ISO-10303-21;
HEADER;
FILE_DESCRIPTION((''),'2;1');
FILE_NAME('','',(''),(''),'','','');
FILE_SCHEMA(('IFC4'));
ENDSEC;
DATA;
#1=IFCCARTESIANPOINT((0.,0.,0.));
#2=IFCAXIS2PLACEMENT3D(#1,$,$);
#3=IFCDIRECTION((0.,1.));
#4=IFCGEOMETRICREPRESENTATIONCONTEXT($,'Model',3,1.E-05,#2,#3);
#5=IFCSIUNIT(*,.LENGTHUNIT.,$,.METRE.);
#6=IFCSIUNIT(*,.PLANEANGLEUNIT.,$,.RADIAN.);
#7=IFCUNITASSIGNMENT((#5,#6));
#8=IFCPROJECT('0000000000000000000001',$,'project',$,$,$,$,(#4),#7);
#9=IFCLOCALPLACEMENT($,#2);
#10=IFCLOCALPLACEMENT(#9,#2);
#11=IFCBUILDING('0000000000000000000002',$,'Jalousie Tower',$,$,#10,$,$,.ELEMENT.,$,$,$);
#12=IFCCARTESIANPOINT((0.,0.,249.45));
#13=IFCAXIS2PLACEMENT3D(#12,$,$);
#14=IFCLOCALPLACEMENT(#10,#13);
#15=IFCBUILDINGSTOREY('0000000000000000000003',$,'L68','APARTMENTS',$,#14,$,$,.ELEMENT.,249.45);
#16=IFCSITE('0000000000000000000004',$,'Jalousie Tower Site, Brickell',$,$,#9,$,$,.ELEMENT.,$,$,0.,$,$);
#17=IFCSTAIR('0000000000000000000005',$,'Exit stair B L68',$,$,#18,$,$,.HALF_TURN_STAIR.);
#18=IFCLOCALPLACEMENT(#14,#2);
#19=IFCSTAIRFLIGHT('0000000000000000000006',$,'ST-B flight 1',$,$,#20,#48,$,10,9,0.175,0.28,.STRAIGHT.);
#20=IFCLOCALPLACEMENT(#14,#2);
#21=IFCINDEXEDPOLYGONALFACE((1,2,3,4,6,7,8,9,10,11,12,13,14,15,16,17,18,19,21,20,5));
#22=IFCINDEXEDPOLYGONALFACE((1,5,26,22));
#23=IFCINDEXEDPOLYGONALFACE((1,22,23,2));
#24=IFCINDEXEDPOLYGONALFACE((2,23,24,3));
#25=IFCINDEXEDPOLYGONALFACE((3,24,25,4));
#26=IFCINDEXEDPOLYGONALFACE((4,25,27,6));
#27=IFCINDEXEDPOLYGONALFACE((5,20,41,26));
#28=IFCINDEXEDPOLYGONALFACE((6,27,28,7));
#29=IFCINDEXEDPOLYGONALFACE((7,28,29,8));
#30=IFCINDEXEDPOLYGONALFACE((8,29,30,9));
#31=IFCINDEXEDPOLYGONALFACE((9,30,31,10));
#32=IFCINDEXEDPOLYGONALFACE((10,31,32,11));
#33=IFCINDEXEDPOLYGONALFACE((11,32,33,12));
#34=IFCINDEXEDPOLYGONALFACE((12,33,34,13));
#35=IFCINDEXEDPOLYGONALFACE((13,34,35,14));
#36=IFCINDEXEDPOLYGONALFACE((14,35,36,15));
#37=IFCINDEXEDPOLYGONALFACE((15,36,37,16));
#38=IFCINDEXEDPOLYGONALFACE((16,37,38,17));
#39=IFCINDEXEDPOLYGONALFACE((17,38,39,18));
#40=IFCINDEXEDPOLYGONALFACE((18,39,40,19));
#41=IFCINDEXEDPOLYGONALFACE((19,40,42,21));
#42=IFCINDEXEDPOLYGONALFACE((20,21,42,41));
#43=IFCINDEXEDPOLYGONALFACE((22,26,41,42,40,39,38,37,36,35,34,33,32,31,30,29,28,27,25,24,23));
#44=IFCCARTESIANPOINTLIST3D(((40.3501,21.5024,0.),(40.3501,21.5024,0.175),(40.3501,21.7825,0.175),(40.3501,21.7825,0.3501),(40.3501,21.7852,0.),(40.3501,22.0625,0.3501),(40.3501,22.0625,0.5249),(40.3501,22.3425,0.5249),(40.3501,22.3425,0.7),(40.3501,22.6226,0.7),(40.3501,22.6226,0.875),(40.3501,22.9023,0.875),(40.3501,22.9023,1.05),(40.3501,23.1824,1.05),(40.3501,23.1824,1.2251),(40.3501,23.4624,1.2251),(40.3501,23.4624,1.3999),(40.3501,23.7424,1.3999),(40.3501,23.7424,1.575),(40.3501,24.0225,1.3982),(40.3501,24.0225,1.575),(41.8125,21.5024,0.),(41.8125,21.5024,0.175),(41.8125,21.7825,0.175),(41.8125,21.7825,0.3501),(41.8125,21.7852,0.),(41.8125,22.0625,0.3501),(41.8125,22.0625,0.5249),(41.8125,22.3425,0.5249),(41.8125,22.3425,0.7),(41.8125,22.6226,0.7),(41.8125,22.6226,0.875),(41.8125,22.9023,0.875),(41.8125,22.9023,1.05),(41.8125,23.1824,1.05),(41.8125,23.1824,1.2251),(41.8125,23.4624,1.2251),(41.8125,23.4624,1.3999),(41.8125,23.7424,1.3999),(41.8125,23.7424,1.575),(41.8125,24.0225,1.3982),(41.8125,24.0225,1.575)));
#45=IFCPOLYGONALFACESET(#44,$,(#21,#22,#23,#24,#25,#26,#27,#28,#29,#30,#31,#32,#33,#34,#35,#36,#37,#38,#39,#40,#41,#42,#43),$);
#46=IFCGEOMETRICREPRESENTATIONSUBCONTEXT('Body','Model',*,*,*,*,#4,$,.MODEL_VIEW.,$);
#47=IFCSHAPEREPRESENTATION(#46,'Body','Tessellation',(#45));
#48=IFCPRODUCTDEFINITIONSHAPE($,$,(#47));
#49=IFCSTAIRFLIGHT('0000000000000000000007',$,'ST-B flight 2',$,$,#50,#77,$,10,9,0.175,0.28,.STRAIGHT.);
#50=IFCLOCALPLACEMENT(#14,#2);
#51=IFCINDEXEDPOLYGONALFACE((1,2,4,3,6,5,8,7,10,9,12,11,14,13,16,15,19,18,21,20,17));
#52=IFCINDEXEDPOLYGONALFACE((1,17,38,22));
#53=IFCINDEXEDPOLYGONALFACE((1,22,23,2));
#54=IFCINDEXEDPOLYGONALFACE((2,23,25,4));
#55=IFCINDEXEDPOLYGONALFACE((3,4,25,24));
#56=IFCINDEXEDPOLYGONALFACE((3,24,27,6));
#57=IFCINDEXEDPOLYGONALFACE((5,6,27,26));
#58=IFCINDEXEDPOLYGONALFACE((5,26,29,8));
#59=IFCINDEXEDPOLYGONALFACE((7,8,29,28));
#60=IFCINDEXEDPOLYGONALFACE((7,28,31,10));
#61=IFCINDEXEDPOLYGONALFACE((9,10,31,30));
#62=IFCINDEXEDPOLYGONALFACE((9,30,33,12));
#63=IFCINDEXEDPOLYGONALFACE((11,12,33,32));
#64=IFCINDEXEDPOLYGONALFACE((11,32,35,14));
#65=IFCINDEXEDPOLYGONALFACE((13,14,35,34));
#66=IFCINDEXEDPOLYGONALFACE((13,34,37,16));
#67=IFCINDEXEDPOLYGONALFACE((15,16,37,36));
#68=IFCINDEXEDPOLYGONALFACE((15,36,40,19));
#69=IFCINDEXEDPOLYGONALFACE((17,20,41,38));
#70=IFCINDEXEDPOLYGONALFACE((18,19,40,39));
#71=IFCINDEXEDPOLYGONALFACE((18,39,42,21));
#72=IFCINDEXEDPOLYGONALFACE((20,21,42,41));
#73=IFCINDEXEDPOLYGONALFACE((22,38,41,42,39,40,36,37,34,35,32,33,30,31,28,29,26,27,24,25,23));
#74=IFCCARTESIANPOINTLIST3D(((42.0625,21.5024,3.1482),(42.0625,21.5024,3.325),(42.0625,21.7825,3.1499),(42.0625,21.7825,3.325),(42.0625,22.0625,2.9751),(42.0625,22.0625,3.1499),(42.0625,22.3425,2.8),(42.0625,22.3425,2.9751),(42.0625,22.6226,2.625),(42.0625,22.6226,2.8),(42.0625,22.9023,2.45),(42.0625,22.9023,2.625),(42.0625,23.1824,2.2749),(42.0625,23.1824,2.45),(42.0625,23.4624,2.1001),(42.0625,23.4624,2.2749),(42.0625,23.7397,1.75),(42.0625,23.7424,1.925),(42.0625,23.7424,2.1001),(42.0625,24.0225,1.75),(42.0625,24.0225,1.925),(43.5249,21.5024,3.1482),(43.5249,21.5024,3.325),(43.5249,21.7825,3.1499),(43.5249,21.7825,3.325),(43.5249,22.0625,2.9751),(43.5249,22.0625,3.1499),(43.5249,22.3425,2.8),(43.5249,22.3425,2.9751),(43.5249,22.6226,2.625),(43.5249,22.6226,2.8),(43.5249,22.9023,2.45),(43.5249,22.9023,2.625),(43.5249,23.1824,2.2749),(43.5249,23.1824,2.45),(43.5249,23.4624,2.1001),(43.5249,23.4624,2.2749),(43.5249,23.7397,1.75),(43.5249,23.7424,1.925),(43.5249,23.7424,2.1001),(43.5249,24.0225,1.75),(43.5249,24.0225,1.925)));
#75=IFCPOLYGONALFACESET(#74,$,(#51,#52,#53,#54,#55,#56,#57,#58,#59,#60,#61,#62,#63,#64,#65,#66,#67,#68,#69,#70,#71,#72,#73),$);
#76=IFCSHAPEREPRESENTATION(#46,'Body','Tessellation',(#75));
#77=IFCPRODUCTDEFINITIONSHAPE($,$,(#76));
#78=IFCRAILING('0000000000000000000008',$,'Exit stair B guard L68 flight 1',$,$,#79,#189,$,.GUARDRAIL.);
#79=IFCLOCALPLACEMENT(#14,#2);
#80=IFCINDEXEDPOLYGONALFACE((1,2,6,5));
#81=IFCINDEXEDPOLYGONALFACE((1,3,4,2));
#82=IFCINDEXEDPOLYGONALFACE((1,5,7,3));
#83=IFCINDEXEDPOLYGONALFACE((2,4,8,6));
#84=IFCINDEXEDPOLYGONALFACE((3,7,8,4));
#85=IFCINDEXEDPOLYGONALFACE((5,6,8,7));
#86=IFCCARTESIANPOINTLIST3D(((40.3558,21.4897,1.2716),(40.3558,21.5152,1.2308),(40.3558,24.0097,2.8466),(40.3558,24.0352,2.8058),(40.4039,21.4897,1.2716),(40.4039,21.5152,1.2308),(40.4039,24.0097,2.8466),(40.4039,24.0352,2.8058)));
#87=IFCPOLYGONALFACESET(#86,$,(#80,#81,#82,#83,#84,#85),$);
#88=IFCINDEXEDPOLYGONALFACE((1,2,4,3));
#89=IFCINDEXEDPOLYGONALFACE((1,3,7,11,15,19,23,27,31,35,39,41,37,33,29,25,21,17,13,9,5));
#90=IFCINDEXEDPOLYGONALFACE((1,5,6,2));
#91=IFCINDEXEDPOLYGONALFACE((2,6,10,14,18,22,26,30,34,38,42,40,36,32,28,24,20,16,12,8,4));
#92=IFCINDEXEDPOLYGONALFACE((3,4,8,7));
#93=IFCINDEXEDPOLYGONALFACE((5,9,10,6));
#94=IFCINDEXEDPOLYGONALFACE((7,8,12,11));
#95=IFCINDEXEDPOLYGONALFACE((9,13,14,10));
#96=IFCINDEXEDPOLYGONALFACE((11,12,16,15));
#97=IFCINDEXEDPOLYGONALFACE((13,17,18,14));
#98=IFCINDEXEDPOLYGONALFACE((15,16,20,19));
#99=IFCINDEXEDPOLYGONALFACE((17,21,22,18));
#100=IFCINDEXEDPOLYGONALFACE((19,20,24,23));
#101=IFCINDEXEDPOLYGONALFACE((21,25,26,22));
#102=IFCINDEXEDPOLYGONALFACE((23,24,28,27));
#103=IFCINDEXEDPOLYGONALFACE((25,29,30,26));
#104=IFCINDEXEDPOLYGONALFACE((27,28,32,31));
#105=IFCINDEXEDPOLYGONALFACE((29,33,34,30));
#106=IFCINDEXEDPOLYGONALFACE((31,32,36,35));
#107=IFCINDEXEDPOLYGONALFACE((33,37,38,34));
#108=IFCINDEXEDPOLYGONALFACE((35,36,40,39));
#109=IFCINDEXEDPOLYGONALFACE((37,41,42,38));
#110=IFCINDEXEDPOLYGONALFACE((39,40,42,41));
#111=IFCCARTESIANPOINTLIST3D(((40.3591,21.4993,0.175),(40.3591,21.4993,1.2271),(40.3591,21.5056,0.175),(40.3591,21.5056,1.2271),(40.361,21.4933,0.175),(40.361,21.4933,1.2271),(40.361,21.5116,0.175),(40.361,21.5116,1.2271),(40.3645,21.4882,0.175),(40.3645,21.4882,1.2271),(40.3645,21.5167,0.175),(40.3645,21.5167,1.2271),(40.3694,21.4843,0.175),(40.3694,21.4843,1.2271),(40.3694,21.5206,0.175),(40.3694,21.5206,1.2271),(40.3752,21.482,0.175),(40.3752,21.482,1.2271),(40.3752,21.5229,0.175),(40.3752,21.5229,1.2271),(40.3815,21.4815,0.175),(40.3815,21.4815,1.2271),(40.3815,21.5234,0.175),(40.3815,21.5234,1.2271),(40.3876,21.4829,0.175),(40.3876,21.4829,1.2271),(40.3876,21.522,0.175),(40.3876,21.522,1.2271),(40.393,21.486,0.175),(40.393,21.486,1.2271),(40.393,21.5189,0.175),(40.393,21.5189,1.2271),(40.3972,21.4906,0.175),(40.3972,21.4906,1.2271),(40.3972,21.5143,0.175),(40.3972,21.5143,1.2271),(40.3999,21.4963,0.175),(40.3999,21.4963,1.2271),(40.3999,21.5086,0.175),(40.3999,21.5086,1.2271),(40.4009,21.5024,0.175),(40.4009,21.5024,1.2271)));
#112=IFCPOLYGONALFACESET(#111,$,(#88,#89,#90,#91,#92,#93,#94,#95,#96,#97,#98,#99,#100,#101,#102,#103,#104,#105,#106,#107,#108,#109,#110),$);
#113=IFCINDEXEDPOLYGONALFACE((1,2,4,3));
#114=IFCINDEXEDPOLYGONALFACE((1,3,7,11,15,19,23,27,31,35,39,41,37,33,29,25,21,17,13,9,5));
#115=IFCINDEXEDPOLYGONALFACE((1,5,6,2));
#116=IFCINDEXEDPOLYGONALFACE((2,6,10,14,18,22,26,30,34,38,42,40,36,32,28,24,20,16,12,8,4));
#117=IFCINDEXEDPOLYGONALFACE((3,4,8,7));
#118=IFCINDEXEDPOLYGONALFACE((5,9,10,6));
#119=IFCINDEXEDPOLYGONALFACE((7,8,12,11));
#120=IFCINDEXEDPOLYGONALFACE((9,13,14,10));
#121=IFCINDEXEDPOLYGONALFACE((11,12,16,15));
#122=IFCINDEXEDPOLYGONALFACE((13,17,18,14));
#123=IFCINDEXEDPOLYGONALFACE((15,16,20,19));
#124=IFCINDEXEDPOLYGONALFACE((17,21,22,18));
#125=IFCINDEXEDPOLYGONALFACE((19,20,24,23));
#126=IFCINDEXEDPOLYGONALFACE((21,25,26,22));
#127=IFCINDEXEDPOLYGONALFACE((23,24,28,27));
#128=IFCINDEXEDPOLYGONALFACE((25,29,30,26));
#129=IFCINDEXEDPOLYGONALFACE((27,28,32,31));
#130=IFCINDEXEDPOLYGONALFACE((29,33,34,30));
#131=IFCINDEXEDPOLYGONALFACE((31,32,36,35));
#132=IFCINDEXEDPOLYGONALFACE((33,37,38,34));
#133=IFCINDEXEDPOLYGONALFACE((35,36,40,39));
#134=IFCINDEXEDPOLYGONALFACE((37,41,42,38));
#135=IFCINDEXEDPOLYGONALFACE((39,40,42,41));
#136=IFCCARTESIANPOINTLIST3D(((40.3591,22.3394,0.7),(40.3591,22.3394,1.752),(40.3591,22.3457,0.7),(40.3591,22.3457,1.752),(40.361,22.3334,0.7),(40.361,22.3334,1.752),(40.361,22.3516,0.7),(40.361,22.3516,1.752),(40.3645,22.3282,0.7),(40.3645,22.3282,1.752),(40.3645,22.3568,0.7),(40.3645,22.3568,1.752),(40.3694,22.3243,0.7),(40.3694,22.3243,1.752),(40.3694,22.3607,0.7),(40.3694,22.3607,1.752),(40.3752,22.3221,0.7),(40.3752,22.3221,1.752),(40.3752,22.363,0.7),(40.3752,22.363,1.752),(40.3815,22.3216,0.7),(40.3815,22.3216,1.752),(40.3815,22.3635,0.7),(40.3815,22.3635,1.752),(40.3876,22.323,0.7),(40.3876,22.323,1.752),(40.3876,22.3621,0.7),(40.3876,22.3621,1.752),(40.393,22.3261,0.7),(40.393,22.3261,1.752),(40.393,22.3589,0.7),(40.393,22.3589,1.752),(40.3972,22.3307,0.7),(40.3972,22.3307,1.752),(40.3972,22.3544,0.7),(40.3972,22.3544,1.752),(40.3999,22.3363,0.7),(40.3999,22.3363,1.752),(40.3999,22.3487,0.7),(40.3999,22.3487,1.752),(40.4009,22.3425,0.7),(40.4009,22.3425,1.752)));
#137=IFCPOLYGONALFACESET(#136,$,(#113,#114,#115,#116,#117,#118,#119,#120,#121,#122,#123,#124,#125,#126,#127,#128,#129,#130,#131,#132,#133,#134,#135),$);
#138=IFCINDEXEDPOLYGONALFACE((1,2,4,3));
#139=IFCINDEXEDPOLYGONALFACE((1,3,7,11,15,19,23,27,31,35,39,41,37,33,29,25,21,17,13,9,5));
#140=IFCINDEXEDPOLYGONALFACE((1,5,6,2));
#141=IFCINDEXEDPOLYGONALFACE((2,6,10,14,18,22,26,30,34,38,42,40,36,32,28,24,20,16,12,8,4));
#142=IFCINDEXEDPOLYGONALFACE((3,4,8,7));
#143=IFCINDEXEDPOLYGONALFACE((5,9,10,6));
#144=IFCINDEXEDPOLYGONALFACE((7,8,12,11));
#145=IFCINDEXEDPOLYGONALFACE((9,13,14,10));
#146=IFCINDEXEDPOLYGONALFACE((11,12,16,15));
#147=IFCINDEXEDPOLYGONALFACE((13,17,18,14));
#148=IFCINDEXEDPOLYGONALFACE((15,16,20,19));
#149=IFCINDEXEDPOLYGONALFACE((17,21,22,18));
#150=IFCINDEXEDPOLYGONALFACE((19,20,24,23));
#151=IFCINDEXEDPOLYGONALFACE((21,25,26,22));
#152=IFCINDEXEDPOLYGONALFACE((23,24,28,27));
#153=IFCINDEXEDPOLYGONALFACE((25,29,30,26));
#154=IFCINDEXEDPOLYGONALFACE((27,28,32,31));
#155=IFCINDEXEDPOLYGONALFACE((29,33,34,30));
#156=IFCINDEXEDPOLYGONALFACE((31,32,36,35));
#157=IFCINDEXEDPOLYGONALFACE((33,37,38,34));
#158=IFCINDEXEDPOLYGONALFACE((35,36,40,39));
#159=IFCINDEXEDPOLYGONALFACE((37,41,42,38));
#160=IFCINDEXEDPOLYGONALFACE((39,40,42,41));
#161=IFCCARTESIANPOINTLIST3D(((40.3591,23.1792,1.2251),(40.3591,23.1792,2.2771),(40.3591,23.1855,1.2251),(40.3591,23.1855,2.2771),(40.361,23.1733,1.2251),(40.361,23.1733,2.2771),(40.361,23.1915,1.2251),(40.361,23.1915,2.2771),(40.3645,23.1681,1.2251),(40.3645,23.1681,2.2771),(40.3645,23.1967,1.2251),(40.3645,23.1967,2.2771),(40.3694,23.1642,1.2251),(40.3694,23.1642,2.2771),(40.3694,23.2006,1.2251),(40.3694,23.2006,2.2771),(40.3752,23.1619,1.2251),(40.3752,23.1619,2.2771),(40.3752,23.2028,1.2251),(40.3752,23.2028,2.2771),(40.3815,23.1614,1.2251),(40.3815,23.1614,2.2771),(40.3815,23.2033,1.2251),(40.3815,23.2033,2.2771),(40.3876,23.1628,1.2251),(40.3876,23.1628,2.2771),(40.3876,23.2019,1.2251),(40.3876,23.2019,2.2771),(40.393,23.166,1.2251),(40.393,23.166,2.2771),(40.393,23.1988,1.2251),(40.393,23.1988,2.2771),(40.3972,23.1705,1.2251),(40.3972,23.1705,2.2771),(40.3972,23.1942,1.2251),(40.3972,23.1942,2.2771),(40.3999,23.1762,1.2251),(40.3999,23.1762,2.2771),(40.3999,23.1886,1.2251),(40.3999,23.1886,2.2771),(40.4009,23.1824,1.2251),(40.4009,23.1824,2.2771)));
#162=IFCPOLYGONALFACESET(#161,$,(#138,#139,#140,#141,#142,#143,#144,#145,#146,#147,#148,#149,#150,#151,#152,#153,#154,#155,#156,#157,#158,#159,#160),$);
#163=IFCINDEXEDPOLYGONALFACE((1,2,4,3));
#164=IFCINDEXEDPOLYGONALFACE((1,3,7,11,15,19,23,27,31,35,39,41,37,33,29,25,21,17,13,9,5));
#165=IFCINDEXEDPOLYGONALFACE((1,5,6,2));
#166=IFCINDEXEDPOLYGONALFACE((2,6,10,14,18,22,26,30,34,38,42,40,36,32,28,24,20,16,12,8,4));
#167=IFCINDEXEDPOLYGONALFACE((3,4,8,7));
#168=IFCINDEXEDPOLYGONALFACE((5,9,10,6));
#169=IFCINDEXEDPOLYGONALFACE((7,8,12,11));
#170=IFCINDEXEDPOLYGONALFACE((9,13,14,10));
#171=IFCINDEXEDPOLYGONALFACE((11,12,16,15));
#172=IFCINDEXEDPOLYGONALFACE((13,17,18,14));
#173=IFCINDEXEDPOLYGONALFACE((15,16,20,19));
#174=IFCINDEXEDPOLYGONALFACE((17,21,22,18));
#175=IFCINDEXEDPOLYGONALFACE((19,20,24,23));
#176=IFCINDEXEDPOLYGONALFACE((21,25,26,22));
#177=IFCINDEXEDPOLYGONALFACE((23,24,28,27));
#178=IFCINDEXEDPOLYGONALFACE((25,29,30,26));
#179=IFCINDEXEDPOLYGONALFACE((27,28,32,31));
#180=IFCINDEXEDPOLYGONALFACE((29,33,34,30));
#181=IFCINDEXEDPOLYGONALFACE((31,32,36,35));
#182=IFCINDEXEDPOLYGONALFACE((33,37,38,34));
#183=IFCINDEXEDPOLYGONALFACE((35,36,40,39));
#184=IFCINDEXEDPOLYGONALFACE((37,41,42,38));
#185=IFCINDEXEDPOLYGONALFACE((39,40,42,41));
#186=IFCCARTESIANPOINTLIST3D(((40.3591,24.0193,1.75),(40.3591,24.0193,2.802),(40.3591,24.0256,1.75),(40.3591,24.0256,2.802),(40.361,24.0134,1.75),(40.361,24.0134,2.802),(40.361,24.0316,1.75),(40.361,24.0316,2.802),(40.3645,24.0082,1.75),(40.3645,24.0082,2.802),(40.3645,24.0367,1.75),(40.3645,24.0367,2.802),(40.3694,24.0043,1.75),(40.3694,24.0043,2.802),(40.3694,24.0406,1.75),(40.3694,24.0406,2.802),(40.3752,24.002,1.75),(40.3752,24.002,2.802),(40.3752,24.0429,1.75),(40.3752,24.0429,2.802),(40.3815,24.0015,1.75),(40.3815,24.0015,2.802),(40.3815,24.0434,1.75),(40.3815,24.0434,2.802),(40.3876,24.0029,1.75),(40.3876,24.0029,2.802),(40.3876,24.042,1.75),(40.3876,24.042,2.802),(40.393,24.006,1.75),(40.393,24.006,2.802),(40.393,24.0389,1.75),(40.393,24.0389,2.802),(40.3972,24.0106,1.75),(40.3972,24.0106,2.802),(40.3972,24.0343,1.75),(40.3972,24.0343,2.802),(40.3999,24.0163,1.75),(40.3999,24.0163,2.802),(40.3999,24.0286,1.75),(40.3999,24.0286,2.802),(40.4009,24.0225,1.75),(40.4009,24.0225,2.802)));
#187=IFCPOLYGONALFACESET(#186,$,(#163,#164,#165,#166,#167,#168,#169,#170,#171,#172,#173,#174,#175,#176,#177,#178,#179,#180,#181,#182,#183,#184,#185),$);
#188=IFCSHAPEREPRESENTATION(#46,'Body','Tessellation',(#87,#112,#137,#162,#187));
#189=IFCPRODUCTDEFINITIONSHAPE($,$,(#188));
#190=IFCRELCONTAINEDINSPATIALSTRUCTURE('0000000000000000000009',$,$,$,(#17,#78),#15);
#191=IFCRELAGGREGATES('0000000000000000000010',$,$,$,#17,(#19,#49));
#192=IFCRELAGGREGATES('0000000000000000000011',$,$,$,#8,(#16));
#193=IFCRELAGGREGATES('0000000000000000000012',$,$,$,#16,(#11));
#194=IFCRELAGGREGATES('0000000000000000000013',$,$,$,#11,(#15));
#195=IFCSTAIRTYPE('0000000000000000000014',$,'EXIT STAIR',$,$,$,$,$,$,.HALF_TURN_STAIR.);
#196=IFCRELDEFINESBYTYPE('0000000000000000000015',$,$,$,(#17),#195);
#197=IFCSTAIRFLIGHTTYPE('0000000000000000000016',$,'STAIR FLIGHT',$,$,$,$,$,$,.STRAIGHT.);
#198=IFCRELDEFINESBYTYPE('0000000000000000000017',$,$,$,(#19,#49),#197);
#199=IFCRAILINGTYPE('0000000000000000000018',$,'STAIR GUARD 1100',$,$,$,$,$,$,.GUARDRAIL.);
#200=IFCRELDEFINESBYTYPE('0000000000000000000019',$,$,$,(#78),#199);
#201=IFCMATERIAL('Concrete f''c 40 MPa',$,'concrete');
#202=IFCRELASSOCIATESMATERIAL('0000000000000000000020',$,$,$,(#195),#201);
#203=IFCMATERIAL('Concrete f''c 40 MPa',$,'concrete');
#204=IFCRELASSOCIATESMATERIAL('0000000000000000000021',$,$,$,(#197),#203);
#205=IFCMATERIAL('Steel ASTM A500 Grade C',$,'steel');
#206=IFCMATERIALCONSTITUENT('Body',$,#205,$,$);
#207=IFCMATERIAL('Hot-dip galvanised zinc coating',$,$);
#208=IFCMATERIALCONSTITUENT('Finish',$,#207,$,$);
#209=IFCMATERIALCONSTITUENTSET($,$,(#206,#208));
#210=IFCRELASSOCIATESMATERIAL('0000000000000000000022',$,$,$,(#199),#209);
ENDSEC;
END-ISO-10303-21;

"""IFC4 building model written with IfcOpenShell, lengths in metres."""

from ifc_helpers import new_model, si_unit, direction, frame, origin, origin_2d, place, context, subcontext, project, spatial, polyline, rectangle, circle, outline, extrude, material, constituent, constituent_set, type_object, element, aggregate, save


model = new_model("IFC4")

# Units and contexts
model_context = context("Model", 3, precision=1e-05, world=origin(), true_north=direction((0.0, 1.0)))
body_context = subcontext(model_context, "Body", "Model", "MODEL_VIEW")
ifc_project = project(units=[si_unit("LENGTHUNIT", "METRE"), si_unit("PLANEANGLEUNIT", "RADIAN")], contexts=[model_context])

# Site, building, storey
site_placement = place(None, origin())
site = spatial("IfcSite", under=ifc_project, at=site_placement, Name="Jalousie Tower Site, Brickell", CompositionType="ELEMENT", RefElevation=0.0)
building_placement = place(site_placement, origin())
building = spatial("IfcBuilding", under=site, at=building_placement, Name="Jalousie Tower", CompositionType="ELEMENT")
storey_placement = place(building_placement, frame((0.0, 0.0, 249.45)))
storey = spatial("IfcBuildingStorey", under=building, at=storey_placement, Name="L68", Description="APARTMENTS", CompositionType="ELEMENT", Elevation=249.45)

# Stair, stair flights
ifc_material_1 = material(Name="Concrete f'c 40 MPa", Category="concrete")
stair_type = type_object("IfcStairType", Name="EXIT STAIR", PredefinedType="HALF_TURN_STAIR", material=ifc_material_1)
stair_placement = place(storey_placement, origin())
stair = element("IfcStair", 1, at=stair_placement, inside=storey, type_object=stair_type, Name="Exit stair B L68", PredefinedType="HALF_TURN_STAIR")
ifc_material_2 = material(Name="Concrete f'c 40 MPa", Category="concrete")
stair_flight_type = type_object("IfcStairFlightType", Name="STAIR FLIGHT", PredefinedType="STRAIGHT", material=ifc_material_2)
stair_flight_1_placement = place(storey_placement, frame((41.0813, 21.5024, 0.0), z_axis=(0.0, 0.0, 1.0), x_axis=(0.0, 1.0, 0.0)))
stair_flight_1 = element("IfcStairFlight", 2, at=stair_flight_1_placement, type_object=stair_flight_type, Name="ST-B flight 1", NumberOfRisers=10, NumberOfTreads=9, PredefinedType="STRAIGHT", RiserHeight=0.175, TreadLength=0.28, context=body_context, shape_type="SweptSolid", body=[
    extrude(outline(polyline([(0.0, 0.0), (0.0, 0.175), (0.28, 0.175), (0.28, 0.3501), (0.5601, 0.3501), (0.5601, 0.5249), (0.8401, 0.5249), (0.8401, 0.7), (1.1201, 0.7), (1.1201, 0.875), (1.3999, 0.875), (1.3999, 1.05), (1.6799, 1.05), (1.6799, 1.2251), (1.96, 1.2251), (1.96, 1.3999), (2.24, 1.3999), (2.24, 1.575), (2.52, 1.575), (2.52, 1.75), (2.52, 1.3982), (0.2827, 0.0), (0.0, 0.0)])), frame((0.0, 0.7312, 0.0), z_axis=(0.0, -1.0, 0.0), x_axis=(1.0, 0.0, 0.0)), (0.0, 0.0, 1.0), 1.4624),
])
stair_flight_2_placement = place(storey_placement, frame((42.7937, 24.0225, 1.75), z_axis=(0.0, 0.0, 1.0), x_axis=(0.0, -1.0, 0.0)))
stair_flight_2 = element("IfcStairFlight", 3, at=stair_flight_2_placement, type_object=stair_flight_type, Name="ST-B flight 2", NumberOfRisers=10, NumberOfTreads=9, PredefinedType="STRAIGHT", RiserHeight=0.175, TreadLength=0.28, context=body_context, shape_type="SweptSolid", body=[
    extrude(outline(polyline([(0.0, 0.0), (0.0, 0.175), (0.28, 0.175), (0.28, 0.3501), (0.5601, 0.3501), (0.5601, 0.5249), (0.8401, 0.5249), (0.8401, 0.7), (1.1201, 0.7), (1.1201, 0.875), (1.3999, 0.875), (1.3999, 1.05), (1.6799, 1.05), (1.6799, 1.2251), (1.96, 1.2251), (1.96, 1.3999), (2.24, 1.3999), (2.24, 1.575), (2.52, 1.575), (2.52, 1.75), (2.52, 1.3982), (0.2827, 0.0), (0.0, 0.0)])), frame((0.0, 0.7312, 0.0), z_axis=(0.0, -1.0, 0.0), x_axis=(1.0, 0.0, 0.0)), (0.0, 0.0, 1.0), 1.4624),
])
aggregate(stair, [stair_flight_1, stair_flight_2])

# Railing
ifc_material_3 = material(Name="Steel ASTM A500 Grade C", Category="steel")
ifc_constituent_1 = constituent(ifc_material_3, Name="Body")
ifc_material_4 = material(Name="Hot-dip galvanised zinc coating")
ifc_constituent_2 = constituent(ifc_material_4, Name="Finish")
ifc_constituent_set_1 = constituent_set(constituents=[ifc_constituent_1, ifc_constituent_2])
railing_type_1 = type_object("IfcRailingType", Name="STAIR GUARD 1100", PredefinedType="GUARDRAIL", material=ifc_constituent_set_1)
railing_1_placement = place(storey_placement, frame((40.3799, 21.5024, 0.175)))
element("IfcRailing", 4, at=railing_1_placement, inside=storey, type_object=railing_type_1, Name="Exit stair B guard L68 flight 1", PredefinedType="GUARDRAIL", context=body_context, shape_type="SweptSolid", body=[
    extrude(rectangle(XDim=0.0481, YDim=0.0481, at=origin_2d()), frame((0.0, 0.0, 1.0762), z_axis=(0.0, 0.848008, 0.529984), x_axis=(-1.0, 0.0, 0.0)), (0.0, 0.0, 1.0), 2.9717),
    extrude(circle(Radius=0.021, at=origin_2d()), origin(), (0.0, 0.0, 1.0), 1.052),
    extrude(circle(Radius=0.021, at=origin_2d()), frame((0.0, 0.8401, 0.5249)), (0.0, 0.0, 1.0), 1.052),
    extrude(circle(Radius=0.021, at=origin_2d()), frame((0.0, 1.6799, 1.05)), (0.0, 0.0, 1.0), 1.052),
    extrude(circle(Radius=0.021, at=origin_2d()), frame((0.0, 2.52, 1.575)), (0.0, 0.0, 1.0), 1.052),
])

save(model, "model.ifc")
